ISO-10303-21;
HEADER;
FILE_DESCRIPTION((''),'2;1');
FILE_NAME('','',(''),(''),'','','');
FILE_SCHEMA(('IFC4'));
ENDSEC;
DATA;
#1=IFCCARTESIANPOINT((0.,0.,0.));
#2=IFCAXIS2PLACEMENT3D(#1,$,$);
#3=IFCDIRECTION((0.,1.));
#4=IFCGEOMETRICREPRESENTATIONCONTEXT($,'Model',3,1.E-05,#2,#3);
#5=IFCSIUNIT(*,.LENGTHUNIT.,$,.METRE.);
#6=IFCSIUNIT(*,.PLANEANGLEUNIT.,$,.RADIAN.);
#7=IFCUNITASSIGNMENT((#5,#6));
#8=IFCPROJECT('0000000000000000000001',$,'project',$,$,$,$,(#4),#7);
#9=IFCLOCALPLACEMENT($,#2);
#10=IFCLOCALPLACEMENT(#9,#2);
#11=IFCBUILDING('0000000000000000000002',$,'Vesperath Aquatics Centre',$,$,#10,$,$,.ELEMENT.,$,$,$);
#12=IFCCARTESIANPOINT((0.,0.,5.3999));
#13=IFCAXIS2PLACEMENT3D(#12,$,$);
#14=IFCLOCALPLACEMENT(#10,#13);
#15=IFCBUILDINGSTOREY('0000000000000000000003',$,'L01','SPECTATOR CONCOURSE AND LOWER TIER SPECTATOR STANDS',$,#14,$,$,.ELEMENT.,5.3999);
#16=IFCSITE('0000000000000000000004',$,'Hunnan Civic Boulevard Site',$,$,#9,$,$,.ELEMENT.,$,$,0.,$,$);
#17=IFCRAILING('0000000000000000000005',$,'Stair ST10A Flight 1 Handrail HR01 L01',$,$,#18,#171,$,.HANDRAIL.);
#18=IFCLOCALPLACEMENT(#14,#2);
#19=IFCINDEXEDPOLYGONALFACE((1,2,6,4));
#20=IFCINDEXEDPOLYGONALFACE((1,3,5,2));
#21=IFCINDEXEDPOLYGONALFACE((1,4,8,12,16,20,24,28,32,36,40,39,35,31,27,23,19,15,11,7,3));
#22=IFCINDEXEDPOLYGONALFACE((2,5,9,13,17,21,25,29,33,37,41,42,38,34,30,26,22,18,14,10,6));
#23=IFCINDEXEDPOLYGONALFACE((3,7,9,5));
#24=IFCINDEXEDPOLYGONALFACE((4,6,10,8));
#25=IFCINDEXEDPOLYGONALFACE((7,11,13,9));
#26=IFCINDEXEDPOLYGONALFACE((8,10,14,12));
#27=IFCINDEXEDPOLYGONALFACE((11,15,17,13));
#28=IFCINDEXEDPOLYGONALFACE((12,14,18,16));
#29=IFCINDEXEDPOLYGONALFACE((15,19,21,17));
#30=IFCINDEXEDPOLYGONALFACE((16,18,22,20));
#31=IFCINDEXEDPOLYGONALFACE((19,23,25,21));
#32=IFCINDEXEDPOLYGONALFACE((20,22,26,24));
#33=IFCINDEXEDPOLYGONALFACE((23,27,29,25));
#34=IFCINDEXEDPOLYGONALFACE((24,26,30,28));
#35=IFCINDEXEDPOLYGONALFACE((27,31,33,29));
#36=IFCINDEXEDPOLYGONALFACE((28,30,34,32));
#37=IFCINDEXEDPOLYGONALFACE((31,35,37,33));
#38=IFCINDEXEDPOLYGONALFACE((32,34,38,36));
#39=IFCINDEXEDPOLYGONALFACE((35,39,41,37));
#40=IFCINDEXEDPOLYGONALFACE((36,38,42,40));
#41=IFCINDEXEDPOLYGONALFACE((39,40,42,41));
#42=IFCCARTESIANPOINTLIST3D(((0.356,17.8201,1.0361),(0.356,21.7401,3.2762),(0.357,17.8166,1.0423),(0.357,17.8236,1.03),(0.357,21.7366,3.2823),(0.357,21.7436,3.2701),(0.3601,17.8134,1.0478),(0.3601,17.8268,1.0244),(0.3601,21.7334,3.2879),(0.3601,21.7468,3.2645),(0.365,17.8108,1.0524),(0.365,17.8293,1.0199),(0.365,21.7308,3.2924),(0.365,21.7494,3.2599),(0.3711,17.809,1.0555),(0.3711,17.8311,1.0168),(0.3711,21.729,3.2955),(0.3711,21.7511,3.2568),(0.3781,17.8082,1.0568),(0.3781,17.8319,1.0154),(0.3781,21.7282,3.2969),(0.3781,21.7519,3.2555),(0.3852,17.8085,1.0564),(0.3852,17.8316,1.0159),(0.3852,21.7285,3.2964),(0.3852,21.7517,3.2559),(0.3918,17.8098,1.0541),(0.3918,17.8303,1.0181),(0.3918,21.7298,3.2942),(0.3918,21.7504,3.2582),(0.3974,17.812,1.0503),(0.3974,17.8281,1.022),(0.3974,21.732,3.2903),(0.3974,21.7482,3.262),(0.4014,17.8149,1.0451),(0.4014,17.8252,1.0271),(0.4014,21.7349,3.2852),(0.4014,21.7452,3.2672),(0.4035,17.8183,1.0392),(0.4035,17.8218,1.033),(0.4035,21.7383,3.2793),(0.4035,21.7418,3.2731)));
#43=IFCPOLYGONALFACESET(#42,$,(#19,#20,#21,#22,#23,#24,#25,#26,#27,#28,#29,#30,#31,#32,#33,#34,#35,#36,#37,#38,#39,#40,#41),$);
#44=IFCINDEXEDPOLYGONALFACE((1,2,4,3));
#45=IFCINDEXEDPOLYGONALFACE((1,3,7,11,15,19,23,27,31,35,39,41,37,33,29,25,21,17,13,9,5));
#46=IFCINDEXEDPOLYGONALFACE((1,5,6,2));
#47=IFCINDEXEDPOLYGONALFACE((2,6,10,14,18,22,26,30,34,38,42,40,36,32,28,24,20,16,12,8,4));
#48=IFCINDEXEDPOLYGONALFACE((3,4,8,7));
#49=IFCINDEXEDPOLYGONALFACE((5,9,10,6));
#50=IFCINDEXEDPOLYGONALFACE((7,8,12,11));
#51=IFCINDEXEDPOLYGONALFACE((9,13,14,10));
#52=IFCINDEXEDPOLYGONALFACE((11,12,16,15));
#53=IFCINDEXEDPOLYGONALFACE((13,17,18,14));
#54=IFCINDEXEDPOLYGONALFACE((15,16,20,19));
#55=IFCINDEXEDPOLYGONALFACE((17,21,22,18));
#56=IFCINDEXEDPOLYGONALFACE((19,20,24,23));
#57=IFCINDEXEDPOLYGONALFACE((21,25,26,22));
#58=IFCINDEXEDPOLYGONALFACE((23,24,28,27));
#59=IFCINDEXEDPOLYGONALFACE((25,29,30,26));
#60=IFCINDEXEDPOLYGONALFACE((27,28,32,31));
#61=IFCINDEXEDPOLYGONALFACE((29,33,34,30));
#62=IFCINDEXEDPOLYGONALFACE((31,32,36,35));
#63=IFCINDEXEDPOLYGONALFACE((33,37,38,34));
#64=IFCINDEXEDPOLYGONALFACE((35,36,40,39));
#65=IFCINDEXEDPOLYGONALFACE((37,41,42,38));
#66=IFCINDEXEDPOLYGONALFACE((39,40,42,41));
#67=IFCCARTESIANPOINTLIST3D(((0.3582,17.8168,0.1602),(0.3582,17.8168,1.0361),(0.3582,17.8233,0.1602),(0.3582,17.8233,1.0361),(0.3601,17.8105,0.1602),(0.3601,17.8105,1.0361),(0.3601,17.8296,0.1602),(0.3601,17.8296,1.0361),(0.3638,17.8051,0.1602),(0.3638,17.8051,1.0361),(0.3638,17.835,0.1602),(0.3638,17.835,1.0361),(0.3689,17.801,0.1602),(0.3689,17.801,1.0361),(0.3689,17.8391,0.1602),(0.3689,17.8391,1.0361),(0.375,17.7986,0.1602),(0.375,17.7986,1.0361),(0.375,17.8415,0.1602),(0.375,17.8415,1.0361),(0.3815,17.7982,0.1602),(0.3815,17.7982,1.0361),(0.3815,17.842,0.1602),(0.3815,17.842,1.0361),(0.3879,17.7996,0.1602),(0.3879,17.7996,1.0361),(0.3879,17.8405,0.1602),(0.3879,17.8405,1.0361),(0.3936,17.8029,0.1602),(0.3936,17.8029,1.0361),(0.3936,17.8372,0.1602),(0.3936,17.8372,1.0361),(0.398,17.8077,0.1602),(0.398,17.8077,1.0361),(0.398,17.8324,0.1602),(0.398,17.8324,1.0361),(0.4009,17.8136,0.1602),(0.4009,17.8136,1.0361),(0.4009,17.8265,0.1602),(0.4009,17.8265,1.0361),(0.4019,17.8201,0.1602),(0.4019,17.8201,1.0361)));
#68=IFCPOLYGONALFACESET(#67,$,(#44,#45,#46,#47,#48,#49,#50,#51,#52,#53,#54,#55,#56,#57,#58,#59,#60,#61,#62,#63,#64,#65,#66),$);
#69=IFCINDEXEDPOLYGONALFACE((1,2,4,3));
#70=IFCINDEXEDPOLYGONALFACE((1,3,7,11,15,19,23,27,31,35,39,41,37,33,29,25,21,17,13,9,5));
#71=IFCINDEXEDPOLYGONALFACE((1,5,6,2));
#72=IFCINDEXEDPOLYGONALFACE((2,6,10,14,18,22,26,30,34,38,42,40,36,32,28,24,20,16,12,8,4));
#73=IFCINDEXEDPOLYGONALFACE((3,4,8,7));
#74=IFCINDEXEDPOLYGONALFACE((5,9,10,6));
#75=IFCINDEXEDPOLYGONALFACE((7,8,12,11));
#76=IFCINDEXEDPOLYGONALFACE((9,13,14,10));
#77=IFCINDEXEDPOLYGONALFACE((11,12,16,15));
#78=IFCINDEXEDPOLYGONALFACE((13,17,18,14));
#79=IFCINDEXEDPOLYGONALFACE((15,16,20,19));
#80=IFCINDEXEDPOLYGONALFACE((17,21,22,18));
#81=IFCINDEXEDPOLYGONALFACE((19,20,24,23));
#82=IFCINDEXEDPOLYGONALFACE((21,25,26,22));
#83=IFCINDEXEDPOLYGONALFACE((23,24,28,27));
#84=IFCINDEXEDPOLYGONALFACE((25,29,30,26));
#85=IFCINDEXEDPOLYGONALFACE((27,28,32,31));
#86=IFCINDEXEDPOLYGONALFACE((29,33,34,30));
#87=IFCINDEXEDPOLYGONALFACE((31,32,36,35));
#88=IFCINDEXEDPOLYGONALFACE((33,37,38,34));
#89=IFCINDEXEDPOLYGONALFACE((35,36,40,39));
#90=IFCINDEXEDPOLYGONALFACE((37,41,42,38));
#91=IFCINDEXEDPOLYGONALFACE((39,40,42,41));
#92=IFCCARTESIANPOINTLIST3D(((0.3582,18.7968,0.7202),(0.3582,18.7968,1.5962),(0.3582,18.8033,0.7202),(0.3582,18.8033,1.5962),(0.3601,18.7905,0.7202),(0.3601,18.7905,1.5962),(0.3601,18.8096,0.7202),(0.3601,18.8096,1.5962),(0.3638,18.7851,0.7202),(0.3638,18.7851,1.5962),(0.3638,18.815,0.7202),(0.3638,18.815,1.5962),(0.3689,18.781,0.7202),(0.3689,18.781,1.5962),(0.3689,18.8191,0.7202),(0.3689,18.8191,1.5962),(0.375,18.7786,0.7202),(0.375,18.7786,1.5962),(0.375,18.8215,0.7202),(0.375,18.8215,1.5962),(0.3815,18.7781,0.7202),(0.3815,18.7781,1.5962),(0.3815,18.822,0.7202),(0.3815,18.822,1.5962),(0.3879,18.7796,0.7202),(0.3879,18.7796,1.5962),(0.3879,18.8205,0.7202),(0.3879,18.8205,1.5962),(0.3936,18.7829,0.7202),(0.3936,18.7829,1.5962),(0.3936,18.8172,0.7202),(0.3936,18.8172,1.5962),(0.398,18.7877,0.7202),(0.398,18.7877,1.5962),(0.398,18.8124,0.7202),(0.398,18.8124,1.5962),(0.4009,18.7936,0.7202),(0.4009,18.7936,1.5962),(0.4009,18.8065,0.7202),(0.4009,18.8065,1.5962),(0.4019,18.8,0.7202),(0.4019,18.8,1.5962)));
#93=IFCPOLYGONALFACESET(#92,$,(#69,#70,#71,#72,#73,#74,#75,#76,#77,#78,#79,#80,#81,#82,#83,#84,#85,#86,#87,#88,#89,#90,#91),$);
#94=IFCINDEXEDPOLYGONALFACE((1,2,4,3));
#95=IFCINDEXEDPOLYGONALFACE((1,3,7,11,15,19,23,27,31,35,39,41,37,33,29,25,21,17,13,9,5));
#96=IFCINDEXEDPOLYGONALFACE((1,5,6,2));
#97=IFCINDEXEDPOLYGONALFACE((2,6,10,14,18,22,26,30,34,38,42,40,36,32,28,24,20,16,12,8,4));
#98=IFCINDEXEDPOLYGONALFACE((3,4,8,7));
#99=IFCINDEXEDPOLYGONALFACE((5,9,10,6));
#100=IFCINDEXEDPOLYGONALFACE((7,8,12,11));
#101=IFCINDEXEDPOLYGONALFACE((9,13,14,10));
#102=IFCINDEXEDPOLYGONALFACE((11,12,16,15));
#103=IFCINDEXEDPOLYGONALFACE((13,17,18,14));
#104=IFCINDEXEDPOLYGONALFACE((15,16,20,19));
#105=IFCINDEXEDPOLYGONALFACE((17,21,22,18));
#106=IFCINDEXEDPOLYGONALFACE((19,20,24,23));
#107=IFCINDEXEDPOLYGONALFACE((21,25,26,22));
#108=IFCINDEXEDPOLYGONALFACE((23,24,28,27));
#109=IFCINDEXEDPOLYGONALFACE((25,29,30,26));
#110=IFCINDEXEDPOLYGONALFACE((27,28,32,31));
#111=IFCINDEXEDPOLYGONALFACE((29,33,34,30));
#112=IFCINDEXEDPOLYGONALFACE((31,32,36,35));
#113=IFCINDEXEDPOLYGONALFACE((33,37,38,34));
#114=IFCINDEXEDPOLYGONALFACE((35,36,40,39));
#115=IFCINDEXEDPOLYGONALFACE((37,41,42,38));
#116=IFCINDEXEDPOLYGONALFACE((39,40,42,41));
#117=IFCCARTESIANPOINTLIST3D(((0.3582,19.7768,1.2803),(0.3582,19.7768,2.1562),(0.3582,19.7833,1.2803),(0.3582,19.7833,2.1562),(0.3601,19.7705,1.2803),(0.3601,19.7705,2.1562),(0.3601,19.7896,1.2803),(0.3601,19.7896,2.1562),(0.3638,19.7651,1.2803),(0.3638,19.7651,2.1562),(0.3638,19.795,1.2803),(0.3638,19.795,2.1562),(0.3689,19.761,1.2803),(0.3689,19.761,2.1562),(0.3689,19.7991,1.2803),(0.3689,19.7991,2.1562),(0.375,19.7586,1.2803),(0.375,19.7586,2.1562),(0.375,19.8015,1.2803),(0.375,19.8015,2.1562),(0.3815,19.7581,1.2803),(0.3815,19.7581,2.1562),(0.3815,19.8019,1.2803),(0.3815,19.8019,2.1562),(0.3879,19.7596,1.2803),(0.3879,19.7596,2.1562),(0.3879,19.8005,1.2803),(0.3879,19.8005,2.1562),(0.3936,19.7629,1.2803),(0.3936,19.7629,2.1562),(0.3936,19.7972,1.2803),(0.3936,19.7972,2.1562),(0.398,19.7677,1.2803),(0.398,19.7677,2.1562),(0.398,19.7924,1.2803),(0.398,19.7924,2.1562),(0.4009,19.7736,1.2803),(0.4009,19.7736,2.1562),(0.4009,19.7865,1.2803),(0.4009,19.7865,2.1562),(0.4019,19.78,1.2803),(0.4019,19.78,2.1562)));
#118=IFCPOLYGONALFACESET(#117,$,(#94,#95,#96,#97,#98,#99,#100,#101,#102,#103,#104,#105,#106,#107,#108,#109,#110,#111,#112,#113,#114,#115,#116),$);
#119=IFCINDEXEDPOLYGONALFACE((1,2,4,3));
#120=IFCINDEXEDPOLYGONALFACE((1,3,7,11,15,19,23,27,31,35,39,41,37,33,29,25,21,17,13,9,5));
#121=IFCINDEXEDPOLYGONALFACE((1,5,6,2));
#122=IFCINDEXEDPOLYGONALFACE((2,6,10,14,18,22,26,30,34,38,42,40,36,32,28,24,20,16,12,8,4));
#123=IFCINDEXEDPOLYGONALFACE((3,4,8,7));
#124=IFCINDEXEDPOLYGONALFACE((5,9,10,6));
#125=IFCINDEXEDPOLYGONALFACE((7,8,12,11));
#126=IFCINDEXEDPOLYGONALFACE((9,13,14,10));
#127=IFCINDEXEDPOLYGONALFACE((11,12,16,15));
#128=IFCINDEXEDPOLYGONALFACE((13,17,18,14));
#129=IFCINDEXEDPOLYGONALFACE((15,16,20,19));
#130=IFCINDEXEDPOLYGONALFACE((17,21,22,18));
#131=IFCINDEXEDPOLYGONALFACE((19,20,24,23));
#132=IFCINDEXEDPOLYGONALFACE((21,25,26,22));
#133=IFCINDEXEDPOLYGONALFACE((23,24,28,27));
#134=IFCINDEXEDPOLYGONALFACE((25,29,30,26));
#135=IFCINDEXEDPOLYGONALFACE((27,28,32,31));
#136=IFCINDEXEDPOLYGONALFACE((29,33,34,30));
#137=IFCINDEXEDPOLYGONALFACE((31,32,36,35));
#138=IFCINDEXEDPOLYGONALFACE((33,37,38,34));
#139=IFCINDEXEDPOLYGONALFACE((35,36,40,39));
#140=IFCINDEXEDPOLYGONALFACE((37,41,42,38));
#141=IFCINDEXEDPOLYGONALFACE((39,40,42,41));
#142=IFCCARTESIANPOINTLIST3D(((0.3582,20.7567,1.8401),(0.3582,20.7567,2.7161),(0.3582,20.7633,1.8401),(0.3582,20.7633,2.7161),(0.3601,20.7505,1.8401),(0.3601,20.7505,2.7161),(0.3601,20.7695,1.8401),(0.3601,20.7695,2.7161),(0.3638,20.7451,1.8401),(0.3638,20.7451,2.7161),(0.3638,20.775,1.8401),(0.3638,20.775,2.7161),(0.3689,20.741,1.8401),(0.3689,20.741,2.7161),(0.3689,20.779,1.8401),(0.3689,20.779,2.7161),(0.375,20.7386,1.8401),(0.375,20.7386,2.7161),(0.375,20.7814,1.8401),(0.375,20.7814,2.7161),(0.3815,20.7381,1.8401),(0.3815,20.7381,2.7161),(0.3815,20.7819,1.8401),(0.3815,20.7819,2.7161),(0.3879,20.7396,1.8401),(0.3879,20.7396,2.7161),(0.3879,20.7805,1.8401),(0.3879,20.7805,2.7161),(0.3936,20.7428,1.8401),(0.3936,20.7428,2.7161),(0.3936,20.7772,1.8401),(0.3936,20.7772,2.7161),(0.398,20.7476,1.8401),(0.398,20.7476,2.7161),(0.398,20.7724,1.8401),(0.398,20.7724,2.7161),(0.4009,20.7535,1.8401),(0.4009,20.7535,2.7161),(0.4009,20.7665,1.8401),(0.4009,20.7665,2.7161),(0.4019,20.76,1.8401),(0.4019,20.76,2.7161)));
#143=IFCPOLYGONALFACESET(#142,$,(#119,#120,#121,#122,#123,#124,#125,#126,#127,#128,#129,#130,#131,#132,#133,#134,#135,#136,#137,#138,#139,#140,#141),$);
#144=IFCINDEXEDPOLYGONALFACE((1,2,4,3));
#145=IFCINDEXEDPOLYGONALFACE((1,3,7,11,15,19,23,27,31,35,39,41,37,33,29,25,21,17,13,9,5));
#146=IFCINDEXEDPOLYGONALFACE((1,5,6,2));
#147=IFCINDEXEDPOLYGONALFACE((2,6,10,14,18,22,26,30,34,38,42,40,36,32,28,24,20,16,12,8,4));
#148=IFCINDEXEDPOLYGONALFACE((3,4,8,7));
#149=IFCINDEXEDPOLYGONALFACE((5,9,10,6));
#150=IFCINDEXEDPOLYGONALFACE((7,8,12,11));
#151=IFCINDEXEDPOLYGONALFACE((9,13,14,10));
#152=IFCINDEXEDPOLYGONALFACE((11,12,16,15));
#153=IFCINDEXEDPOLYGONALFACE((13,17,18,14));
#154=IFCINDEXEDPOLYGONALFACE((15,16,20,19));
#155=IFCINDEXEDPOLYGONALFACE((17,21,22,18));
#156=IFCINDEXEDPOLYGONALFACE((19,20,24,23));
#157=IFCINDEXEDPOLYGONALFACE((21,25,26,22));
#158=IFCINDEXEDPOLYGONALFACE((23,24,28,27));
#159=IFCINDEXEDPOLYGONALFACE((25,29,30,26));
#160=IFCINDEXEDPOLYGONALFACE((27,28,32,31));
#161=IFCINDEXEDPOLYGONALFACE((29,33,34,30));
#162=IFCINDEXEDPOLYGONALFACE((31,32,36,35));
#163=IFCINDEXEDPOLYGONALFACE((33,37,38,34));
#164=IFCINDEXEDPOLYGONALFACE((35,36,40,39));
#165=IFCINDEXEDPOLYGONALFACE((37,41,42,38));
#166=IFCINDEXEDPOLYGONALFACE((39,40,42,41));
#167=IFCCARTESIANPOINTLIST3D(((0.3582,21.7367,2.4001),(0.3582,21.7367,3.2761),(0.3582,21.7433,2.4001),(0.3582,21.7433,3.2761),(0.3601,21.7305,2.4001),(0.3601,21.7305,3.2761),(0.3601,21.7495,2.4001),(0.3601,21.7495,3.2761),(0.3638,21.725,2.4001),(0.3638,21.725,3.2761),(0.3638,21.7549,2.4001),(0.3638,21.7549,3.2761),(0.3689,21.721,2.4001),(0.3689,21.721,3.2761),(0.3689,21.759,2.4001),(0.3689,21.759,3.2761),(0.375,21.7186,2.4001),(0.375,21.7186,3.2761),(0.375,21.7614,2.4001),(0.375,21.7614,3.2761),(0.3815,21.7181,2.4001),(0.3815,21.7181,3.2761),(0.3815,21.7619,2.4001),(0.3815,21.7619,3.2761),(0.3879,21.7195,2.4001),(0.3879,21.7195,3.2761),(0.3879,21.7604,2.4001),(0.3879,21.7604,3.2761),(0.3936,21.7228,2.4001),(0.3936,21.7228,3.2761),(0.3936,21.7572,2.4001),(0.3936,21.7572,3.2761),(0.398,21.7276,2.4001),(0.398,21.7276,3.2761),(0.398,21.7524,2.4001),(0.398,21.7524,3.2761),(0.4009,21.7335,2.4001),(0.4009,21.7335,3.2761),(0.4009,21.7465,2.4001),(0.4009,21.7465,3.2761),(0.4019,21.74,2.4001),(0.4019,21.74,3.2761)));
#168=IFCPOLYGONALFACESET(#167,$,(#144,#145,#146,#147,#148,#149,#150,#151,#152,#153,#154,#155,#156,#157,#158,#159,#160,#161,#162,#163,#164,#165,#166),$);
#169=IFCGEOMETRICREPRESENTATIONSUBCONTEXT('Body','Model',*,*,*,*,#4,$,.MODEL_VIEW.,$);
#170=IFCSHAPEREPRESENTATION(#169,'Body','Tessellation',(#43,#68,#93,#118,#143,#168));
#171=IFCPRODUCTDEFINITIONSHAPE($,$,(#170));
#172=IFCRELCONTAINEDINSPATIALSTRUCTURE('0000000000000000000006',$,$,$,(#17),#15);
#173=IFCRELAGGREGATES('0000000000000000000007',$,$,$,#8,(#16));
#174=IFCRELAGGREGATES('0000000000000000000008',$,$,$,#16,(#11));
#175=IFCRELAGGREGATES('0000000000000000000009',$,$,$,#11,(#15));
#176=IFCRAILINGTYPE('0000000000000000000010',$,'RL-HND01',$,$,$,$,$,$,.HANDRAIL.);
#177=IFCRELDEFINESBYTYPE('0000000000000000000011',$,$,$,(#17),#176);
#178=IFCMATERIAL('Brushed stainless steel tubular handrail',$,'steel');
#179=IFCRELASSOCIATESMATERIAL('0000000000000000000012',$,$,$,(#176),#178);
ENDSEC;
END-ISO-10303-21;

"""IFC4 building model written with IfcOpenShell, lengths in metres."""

from ifc_helpers import new_model, si_unit, direction, frame, origin, origin_2d, place, context, subcontext, project, spatial, circle, extrude, material, type_object, element, save


model = new_model("IFC4")

# Units and contexts
model_context = context("Model", 3, precision=1e-05, world=origin(), true_north=direction((0.0, 1.0)))
body_context = subcontext(model_context, "Body", "Model", "MODEL_VIEW")
ifc_project = project(units=[si_unit("LENGTHUNIT", "METRE"), si_unit("PLANEANGLEUNIT", "RADIAN")], contexts=[model_context])

# Site, building, storey
site_placement = place(None, origin())
site = spatial("IfcSite", under=ifc_project, at=site_placement, Name="Hunnan Civic Boulevard Site", CompositionType="ELEMENT", RefElevation=0.0)
building_placement = place(site_placement, origin())
building = spatial("IfcBuilding", under=site, at=building_placement, Name="Vesperath Aquatics Centre", CompositionType="ELEMENT")
storey_placement = place(building_placement, frame((0.0, 0.0, 5.3999)))
storey = spatial("IfcBuildingStorey", under=building, at=storey_placement, Name="L01", Description="SPECTATOR CONCOURSE AND LOWER TIER SPECTATOR STANDS", CompositionType="ELEMENT", Elevation=5.3999)

# Railing
ifc_material_1 = material(Name="Brushed stainless steel tubular handrail", Category="steel")
railing_type_1 = type_object("IfcRailingType", Name="RL-HND01", PredefinedType="HANDRAIL", material=ifc_material_1)
railing_1_placement = place(storey_placement, frame((0.3799, 17.8201, 0.1602)))
element("IfcRailing", 1, at=railing_1_placement, inside=storey, type_object=railing_type_1, Name="Stair ST10A Flight 1 Handrail HR01 L01", PredefinedType="HANDRAIL", context=body_context, shape_type="SweptSolid", body=[
    extrude(circle(Radius=0.0239, at=origin_2d()), frame((0.0, 0.0, 0.876), z_axis=(0.0, 0.86824, 0.496145), x_axis=(-1.0, 0.0, 0.0)), (0.0, 0.0, 1.0), 4.5149),
    extrude(circle(Radius=0.022, at=origin_2d()), origin(), (0.0, 0.0, 1.0), 0.876),
    extrude(circle(Radius=0.022, at=origin_2d()), frame((0.0, 0.98, 0.5601)), (0.0, 0.0, 1.0), 0.876),
    extrude(circle(Radius=0.022, at=origin_2d()), frame((0.0, 1.96, 1.1201)), (0.0, 0.0, 1.0), 0.876),
    extrude(circle(Radius=0.022, at=origin_2d()), frame((0.0, 2.9399, 1.6799)), (0.0, 0.0, 1.0), 0.876),
    extrude(circle(Radius=0.022, at=origin_2d()), frame((0.0, 3.9199, 2.24)), (0.0, 0.0, 1.0), 0.876),
])

save(model, "model.ifc")
